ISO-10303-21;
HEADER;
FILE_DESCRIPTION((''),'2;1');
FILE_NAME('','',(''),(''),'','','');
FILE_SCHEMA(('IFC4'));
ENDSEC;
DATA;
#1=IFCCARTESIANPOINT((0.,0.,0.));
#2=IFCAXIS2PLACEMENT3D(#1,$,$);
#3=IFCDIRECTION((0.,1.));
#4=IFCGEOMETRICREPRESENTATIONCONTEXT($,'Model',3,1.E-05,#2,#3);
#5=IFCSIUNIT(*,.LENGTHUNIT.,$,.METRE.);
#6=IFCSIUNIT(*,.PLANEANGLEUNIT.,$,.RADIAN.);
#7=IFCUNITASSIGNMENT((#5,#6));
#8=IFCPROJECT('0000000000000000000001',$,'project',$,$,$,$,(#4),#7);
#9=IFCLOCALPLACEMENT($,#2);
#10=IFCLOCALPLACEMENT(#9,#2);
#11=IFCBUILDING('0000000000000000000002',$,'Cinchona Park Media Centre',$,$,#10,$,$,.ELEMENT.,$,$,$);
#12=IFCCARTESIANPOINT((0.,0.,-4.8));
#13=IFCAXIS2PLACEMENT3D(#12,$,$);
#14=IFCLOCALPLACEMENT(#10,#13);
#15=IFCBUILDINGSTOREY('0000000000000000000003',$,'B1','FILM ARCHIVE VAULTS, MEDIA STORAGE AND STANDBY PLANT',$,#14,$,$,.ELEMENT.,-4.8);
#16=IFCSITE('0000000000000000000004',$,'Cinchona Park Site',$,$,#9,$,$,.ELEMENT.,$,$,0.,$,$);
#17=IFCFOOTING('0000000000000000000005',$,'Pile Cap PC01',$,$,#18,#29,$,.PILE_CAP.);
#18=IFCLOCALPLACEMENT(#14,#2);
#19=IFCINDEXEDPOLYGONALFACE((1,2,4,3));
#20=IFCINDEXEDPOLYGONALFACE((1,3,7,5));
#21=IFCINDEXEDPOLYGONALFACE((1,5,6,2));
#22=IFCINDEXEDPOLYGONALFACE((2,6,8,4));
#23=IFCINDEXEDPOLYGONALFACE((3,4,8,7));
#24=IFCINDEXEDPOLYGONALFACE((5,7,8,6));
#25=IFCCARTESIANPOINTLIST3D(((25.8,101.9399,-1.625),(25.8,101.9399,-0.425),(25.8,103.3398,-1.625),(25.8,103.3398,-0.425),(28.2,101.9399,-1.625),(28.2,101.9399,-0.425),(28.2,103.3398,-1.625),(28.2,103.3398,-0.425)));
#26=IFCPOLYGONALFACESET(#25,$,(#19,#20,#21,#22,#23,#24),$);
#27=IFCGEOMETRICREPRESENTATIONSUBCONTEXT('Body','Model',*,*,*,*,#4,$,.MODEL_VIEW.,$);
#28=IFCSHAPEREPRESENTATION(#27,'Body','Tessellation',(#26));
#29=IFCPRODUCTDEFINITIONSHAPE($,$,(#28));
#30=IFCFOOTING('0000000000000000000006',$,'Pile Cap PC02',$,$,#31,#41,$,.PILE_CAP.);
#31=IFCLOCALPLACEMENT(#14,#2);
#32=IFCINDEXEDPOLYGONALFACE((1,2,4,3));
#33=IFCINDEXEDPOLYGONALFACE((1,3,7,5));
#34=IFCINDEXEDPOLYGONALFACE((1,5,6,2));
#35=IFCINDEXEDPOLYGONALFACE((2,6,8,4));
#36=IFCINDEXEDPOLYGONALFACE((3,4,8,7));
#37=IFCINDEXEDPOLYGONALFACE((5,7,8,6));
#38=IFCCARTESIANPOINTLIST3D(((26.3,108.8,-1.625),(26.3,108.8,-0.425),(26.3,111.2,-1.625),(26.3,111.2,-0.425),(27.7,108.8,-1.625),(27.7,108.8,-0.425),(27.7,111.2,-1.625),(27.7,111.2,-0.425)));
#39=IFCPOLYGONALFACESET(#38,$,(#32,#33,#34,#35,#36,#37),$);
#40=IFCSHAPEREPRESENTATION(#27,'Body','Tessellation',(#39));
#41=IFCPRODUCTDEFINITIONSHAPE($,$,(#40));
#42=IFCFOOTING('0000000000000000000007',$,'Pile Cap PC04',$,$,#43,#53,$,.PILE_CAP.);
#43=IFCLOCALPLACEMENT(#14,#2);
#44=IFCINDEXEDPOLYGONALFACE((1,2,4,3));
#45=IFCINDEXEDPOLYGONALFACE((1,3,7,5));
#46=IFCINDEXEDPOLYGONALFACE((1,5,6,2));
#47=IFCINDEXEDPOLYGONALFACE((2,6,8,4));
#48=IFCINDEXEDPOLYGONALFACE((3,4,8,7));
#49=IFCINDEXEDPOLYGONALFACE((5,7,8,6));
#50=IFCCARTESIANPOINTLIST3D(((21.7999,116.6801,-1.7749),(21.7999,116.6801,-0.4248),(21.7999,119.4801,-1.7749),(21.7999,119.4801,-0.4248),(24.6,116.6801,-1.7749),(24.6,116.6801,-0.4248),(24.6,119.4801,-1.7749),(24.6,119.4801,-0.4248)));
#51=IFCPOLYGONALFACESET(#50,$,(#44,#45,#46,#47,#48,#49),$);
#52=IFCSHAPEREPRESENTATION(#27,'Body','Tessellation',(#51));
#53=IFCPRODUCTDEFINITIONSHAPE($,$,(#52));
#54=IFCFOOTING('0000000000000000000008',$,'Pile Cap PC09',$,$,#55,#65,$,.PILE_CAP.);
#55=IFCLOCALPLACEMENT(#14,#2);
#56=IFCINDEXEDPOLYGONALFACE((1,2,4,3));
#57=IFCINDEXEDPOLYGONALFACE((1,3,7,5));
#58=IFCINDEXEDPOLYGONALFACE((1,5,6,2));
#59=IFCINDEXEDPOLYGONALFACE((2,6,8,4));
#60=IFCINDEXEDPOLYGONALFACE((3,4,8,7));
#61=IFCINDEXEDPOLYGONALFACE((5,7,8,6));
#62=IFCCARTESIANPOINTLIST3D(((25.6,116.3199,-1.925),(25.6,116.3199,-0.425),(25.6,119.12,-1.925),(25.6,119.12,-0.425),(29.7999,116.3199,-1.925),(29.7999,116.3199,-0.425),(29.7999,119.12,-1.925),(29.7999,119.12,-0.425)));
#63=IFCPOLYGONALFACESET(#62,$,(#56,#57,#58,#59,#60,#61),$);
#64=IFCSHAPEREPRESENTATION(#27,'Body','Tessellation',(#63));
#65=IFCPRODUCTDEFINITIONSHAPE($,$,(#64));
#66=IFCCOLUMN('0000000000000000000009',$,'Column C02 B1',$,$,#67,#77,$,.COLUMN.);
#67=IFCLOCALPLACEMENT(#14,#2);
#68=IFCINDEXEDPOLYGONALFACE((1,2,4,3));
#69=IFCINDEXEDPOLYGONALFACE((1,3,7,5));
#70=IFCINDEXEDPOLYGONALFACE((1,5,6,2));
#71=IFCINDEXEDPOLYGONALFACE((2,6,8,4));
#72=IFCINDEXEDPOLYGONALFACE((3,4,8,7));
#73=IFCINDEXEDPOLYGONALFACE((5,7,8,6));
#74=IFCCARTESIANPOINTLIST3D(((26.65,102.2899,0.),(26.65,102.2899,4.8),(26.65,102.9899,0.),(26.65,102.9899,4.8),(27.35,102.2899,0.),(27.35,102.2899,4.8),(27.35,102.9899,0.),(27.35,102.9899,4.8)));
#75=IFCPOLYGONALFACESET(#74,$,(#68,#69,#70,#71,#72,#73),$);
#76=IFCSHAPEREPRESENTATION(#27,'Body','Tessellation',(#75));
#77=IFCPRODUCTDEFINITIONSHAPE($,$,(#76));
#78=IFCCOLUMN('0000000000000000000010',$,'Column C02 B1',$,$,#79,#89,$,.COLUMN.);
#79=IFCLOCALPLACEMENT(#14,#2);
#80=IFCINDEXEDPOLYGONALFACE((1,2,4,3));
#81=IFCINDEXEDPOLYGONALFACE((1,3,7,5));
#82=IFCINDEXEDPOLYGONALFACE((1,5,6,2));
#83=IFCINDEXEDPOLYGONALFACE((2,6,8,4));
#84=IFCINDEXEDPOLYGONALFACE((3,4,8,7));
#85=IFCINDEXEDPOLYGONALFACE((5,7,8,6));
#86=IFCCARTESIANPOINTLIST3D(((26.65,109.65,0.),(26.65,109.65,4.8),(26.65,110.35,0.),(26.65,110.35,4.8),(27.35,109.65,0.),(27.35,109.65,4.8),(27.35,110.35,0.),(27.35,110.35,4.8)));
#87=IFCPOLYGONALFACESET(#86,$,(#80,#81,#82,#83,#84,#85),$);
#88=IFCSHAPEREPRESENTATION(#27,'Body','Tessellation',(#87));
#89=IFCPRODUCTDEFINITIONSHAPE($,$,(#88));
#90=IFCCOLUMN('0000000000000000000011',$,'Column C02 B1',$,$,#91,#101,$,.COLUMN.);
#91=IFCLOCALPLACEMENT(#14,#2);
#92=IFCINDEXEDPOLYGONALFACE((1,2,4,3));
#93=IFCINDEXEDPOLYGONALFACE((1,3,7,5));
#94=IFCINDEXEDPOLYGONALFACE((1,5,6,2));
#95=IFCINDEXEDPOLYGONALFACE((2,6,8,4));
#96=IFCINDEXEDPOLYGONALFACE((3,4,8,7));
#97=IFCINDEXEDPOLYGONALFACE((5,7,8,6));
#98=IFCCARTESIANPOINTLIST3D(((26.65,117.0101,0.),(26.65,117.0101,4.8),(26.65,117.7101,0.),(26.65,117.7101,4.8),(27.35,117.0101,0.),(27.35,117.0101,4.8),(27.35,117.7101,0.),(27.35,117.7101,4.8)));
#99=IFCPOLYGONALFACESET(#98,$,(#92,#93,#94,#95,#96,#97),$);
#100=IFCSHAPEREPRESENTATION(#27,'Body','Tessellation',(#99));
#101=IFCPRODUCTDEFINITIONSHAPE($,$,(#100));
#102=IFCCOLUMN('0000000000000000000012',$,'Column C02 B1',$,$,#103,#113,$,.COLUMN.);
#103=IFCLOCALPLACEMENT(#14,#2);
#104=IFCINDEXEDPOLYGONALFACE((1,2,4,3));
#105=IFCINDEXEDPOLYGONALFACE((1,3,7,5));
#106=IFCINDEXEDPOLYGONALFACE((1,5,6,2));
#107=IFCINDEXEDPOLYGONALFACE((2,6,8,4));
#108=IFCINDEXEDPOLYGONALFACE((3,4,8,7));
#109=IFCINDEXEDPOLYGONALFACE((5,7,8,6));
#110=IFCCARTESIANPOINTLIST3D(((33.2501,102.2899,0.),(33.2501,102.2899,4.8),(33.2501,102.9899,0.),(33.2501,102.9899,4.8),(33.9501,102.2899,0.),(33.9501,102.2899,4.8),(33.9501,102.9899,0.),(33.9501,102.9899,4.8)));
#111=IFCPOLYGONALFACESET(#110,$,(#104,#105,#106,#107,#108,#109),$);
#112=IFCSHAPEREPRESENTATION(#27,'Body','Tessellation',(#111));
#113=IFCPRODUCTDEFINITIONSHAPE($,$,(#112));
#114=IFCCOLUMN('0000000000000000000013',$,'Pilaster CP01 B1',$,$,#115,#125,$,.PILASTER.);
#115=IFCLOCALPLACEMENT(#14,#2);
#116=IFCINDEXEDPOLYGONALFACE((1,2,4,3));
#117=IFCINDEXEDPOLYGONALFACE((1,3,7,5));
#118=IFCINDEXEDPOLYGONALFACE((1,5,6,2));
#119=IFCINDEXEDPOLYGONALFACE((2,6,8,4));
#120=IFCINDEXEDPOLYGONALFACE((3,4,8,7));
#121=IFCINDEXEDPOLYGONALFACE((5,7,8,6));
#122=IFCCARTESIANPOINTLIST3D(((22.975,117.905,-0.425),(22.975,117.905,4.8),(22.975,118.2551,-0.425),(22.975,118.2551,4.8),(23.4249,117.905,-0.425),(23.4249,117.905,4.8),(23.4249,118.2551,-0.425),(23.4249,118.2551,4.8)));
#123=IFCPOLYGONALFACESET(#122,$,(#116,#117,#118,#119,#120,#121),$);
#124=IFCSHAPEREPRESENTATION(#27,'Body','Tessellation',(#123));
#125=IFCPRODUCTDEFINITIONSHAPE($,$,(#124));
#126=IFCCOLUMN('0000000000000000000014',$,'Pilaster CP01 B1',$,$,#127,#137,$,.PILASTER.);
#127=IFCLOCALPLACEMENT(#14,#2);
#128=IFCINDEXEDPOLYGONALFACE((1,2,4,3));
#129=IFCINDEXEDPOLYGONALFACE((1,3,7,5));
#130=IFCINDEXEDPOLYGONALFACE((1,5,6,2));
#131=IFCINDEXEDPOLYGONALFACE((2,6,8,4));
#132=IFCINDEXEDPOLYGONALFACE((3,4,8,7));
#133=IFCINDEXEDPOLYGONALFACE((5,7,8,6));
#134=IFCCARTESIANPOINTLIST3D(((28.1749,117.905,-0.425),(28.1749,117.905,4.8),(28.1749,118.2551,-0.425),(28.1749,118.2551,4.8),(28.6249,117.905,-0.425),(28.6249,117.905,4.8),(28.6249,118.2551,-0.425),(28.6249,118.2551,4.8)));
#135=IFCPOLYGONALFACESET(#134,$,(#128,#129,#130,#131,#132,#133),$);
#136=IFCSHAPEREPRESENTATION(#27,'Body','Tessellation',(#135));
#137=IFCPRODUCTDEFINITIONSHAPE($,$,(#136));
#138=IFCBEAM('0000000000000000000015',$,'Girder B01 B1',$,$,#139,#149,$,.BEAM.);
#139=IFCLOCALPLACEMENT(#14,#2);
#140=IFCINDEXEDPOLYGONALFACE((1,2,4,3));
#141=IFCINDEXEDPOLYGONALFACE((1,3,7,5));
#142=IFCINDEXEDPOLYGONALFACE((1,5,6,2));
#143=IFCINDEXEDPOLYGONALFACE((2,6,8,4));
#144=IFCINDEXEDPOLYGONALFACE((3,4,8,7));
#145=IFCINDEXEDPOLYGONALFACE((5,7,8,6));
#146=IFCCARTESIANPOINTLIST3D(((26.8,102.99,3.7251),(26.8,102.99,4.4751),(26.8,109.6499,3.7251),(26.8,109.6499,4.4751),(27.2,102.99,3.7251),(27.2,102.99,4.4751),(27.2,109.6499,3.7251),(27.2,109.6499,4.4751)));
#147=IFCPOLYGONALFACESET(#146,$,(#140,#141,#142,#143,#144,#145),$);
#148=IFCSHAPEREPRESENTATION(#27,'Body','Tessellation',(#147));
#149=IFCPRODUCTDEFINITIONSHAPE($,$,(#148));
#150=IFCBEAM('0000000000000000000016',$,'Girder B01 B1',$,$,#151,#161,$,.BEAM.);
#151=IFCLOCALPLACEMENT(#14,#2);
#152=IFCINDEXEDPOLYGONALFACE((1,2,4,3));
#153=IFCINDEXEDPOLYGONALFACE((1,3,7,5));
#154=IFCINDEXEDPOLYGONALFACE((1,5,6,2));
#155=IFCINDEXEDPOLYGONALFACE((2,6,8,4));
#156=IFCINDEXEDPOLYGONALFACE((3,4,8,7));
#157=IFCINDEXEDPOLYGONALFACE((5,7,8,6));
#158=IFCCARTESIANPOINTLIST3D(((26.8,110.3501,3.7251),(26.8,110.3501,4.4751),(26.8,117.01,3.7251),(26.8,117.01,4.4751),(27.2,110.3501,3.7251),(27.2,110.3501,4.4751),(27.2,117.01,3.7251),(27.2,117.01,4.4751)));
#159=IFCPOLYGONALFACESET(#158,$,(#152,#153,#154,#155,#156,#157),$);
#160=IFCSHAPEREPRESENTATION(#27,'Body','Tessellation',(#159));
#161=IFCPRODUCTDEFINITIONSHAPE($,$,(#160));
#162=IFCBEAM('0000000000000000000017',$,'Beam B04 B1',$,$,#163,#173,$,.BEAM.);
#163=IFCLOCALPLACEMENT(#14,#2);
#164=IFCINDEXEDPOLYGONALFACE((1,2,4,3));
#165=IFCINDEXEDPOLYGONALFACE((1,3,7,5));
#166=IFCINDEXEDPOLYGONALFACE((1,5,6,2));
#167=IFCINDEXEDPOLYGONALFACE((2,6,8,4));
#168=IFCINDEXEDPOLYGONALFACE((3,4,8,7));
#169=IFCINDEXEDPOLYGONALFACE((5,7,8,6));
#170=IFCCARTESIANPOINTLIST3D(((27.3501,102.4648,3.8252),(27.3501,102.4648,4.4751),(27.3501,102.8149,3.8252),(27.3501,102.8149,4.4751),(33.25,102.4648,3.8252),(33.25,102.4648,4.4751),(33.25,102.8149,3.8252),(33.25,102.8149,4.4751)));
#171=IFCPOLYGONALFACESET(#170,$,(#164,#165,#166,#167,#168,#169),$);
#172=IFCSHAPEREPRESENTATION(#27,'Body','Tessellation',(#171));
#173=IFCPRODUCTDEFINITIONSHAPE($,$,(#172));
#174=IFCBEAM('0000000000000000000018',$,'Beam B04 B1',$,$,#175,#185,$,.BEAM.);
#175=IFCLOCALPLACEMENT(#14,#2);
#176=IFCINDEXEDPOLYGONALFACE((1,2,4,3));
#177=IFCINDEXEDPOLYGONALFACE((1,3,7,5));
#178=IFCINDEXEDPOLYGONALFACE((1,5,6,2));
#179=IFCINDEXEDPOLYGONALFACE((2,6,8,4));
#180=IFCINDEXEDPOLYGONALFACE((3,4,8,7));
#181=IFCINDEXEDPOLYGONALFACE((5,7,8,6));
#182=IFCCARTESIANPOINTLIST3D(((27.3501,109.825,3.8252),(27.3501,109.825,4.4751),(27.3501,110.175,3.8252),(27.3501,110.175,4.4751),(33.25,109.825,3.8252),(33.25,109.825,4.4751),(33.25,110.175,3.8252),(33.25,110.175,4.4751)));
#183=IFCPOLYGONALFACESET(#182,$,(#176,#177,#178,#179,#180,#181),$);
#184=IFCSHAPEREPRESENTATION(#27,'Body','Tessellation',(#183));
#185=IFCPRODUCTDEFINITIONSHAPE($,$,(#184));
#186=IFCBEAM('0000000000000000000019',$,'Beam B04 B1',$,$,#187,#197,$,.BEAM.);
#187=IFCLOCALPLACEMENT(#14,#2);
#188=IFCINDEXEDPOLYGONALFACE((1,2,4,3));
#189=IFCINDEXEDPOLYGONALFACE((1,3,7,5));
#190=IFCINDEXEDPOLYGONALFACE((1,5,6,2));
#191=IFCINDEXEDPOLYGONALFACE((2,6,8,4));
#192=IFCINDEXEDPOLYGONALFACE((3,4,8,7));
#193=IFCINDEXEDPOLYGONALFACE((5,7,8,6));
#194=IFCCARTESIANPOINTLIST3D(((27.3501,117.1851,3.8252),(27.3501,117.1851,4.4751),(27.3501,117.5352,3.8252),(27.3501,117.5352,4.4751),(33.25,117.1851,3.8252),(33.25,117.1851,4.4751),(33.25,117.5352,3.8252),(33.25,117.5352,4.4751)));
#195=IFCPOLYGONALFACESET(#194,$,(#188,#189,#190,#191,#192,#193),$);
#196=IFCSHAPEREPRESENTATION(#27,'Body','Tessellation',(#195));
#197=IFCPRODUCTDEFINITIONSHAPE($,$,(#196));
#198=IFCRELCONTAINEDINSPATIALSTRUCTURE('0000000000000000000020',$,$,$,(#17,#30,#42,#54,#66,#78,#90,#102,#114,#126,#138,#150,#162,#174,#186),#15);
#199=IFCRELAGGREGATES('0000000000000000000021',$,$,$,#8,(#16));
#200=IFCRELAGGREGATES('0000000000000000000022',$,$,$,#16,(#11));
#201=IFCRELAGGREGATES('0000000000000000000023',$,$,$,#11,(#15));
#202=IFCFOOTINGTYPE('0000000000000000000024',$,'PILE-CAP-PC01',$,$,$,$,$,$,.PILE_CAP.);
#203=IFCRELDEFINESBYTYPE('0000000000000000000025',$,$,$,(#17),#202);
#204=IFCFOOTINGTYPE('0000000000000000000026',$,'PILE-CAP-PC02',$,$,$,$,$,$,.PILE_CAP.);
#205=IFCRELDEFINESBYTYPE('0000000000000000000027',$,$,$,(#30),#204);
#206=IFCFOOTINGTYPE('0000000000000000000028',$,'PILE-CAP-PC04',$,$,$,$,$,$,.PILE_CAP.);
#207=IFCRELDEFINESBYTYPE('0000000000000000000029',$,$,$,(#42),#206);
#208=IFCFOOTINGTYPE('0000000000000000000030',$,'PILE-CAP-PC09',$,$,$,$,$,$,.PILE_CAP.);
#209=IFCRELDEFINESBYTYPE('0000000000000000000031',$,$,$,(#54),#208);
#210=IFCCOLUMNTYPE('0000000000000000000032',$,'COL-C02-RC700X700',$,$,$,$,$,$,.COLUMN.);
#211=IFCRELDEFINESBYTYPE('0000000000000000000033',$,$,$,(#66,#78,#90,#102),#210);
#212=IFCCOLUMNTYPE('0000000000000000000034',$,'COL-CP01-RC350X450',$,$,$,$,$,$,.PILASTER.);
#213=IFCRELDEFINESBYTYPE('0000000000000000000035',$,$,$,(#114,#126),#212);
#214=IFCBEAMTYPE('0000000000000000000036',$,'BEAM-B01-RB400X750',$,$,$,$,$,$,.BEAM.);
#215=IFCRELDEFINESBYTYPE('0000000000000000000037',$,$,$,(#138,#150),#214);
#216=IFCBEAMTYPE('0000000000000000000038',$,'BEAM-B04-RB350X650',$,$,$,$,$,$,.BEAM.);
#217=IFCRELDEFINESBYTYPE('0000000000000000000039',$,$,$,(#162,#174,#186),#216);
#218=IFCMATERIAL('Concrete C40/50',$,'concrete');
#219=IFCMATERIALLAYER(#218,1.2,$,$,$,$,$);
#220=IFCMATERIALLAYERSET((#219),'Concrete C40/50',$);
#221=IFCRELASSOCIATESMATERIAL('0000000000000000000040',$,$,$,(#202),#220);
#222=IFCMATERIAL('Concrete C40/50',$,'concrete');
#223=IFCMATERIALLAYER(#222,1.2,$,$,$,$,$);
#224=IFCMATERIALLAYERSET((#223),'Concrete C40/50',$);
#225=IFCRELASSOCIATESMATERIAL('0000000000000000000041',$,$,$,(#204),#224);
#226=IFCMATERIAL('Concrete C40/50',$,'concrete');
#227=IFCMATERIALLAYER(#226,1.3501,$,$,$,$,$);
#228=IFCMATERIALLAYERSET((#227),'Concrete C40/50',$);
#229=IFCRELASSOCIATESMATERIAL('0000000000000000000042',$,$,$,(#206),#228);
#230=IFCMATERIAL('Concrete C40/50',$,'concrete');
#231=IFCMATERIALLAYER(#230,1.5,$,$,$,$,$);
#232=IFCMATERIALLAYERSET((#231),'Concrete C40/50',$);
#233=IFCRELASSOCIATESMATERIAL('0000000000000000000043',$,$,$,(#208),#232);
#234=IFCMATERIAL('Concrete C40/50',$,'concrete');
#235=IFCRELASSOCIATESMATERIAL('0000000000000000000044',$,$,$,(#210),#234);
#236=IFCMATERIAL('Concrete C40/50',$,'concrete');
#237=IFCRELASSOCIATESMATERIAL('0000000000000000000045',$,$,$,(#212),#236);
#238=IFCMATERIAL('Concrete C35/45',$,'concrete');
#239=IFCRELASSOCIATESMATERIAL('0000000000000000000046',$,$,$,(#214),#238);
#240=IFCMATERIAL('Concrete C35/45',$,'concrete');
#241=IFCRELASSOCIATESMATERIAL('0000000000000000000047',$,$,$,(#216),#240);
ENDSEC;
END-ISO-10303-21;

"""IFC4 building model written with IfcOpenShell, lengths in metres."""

from ifc_helpers import new_model, si_unit, direction, frame, origin, origin_2d, place, context, subcontext, project, spatial, rectangle, extrude, material, layer, layer_set, material_profile, profile_set, type_object, element, save


model = new_model("IFC4")

# Units and contexts
model_context = context("Model", 3, precision=1e-05, world=origin(), true_north=direction((0.0, 1.0)))
body_context = subcontext(model_context, "Body", "Model", "MODEL_VIEW")
ifc_project = project(units=[si_unit("LENGTHUNIT", "METRE"), si_unit("PLANEANGLEUNIT", "RADIAN")], contexts=[model_context])

# Site, building, storey
site_placement = place(None, origin())
site = spatial("IfcSite", under=ifc_project, at=site_placement, Name="Cinchona Park Site", CompositionType="ELEMENT", RefElevation=0.0)
building_placement = place(site_placement, origin())
building = spatial("IfcBuilding", under=site, at=building_placement, Name="Cinchona Park Media Centre", CompositionType="ELEMENT")
storey_placement = place(building_placement, frame((0.0, 0.0, -4.8)))
storey = spatial("IfcBuildingStorey", under=building, at=storey_placement, Name="B1", Description="FILM ARCHIVE VAULTS, MEDIA STORAGE AND STANDBY PLANT", CompositionType="ELEMENT", Elevation=-4.8)

# Footings
ifc_material_1 = material(Name="Concrete C40/50", Category="concrete")
ifc_layer_1 = layer(ifc_material_1, 1.2)
ifc_layer_set_1 = layer_set([ifc_layer_1], Name="Concrete C40/50")
footing_type_1 = type_object("IfcFootingType", Name="PILE-CAP-PC01", PredefinedType="PILE_CAP", material=ifc_layer_set_1)
footing_1_placement = place(storey_placement, frame((27.0, 102.6399, -1.625), z_axis=(0.0, 0.0, 1.0), x_axis=(1.0, 0.0, 0.0)))
element("IfcFooting", 1, at=footing_1_placement, inside=storey, type_object=footing_type_1, Name="Pile Cap PC01", PredefinedType="PILE_CAP", context=body_context, shape_type="SweptSolid", body=[
    extrude(rectangle(XDim=2.3999, YDim=1.3999, at=origin_2d()), origin(), (0.0, 0.0, 1.0), 1.2),
])
ifc_material_2 = material(Name="Concrete C40/50", Category="concrete")
ifc_layer_2 = layer(ifc_material_2, 1.2)
ifc_layer_set_2 = layer_set([ifc_layer_2], Name="Concrete C40/50")
footing_type_2 = type_object("IfcFootingType", Name="PILE-CAP-PC02", PredefinedType="PILE_CAP", material=ifc_layer_set_2)
footing_2_placement = place(storey_placement, frame((27.0, 110.0, -1.625), z_axis=(0.0, 0.0, 1.0), x_axis=(1.0, 0.0, 0.0)))
element("IfcFooting", 2, at=footing_2_placement, inside=storey, type_object=footing_type_2, Name="Pile Cap PC02", PredefinedType="PILE_CAP", context=body_context, shape_type="SweptSolid", body=[
    extrude(rectangle(XDim=1.3999, YDim=2.3999, at=origin_2d()), origin(), (0.0, 0.0, 1.0), 1.2),
])
ifc_material_3 = material(Name="Concrete C40/50", Category="concrete")
ifc_layer_3 = layer(ifc_material_3, 1.3501)
ifc_layer_set_3 = layer_set([ifc_layer_3], Name="Concrete C40/50")
footing_type_3 = type_object("IfcFootingType", Name="PILE-CAP-PC04", PredefinedType="PILE_CAP", material=ifc_layer_set_3)
footing_3_placement = place(storey_placement, frame((23.2, 118.0801, -1.7749), z_axis=(0.0, 0.0, 1.0), x_axis=(1.0, 0.0, 0.0)))
element("IfcFooting", 3, at=footing_3_placement, inside=storey, type_object=footing_type_3, Name="Pile Cap PC04", PredefinedType="PILE_CAP", context=body_context, shape_type="SweptSolid", body=[
    extrude(rectangle(XDim=2.8, YDim=2.8, at=origin_2d()), origin(), (0.0, 0.0, 1.0), 1.3501),
])
ifc_material_4 = material(Name="Concrete C40/50", Category="concrete")
ifc_layer_4 = layer(ifc_material_4, 1.5)
ifc_layer_set_4 = layer_set([ifc_layer_4], Name="Concrete C40/50")
footing_type_4 = type_object("IfcFootingType", Name="PILE-CAP-PC09", PredefinedType="PILE_CAP", material=ifc_layer_set_4)
footing_4_placement = place(storey_placement, frame((27.7, 117.72, -1.925), z_axis=(0.0, 0.0, 1.0), x_axis=(1.0, 0.0, 0.0)))
element("IfcFooting", 4, at=footing_4_placement, inside=storey, type_object=footing_type_4, Name="Pile Cap PC09", PredefinedType="PILE_CAP", context=body_context, shape_type="SweptSolid", body=[
    extrude(rectangle(XDim=4.2, YDim=2.8, at=origin_2d()), origin(), (0.0, 0.0, 1.0), 1.5),
])

# Columns
ifc_material_5 = material(Name="Concrete C40/50", Category="concrete")
ifc_material_profile_1 = material_profile(ifc_material_5, rectangle(XDim=0.7, YDim=0.7, at=origin_2d()), Name="RC 700X700")
ifc_profile_set_1 = profile_set([ifc_material_profile_1], Name="Concrete C40/50")
column_type_1 = type_object("IfcColumnType", Name="COL-C02-RC700X700", PredefinedType="COLUMN", material=ifc_profile_set_1)
for number, where, z_axis, x_axis, name in (
    (5, (27.0, 102.6399, 0.0), (0.0, 0.0, 1.0), (1.0, 0.0, 0.0), "Column C02 B1"),
    (6, (27.0, 110.0, 0.0), (0.0, 0.0, 1.0), (1.0, 0.0, 0.0), "Column C02 B1"),
    (7, (27.0, 117.3601, 0.0), (0.0, 0.0, 1.0), (1.0, 0.0, 0.0), "Column C02 B1"),
    (8, (33.6001, 102.6399, 0.0), (0.0, 0.0, 1.0), (1.0, 0.0, 0.0), "Column C02 B1"),
):
    element("IfcColumn", number, at=place(storey_placement, frame(where, z_axis=z_axis, x_axis=x_axis)), inside=storey, type_object=column_type_1, Name=name, PredefinedType="COLUMN", context=body_context, shape_type="SweptSolid", body=[
        extrude(rectangle(XDim=0.7, YDim=0.7, at=origin_2d()), origin(), (0.0, 0.0, 1.0), 4.8),
    ])
ifc_material_6 = material(Name="Concrete C40/50", Category="concrete")
ifc_material_profile_2 = material_profile(ifc_material_6, rectangle(XDim=0.3501, YDim=0.45, at=origin_2d()), Name="RC 350X450")
ifc_profile_set_2 = profile_set([ifc_material_profile_2], Name="Concrete C40/50")
column_type_2 = type_object("IfcColumnType", Name="COL-CP01-RC350X450", PredefinedType="PILASTER", material=ifc_profile_set_2)
for number, where, z_axis, x_axis, name in (
    (9, (23.2, 118.0801, -0.425), (0.0, 0.0, 1.0), (0.0, 1.0, 0.0), "Pilaster CP01 B1"),
    (10, (28.3999, 118.0801, -0.425), (0.0, 0.0, 1.0), (0.0, 1.0, 0.0), "Pilaster CP01 B1"),
):
    element("IfcColumn", number, at=place(storey_placement, frame(where, z_axis=z_axis, x_axis=x_axis)), inside=storey, type_object=column_type_2, Name=name, PredefinedType="PILASTER", context=body_context, shape_type="SweptSolid", body=[
        extrude(rectangle(XDim=0.3501, YDim=0.45, at=origin_2d()), origin(), (0.0, 0.0, 1.0), 5.2251),
    ])

# Beams
ifc_material_7 = material(Name="Concrete C35/45", Category="concrete")
ifc_material_profile_3 = material_profile(ifc_material_7, rectangle(XDim=0.3999, YDim=0.75, at=origin_2d()), Name="RB 400X750")
ifc_profile_set_3 = profile_set([ifc_material_profile_3], Name="Concrete C35/45")
beam_type_1 = type_object("IfcBeamType", Name="BEAM-B01-RB400X750", PredefinedType="BEAM", material=ifc_profile_set_3)
for number, where, z_axis, x_axis, name in (
    (11, (27.0, 102.99, 4.1001), (0.0, 1.0, 0.0), (-1.0, 0.0, 0.0), "Girder B01 B1"),
    (12, (27.0, 110.3501, 4.1001), (0.0, 1.0, 0.0), (-1.0, 0.0, 0.0), "Girder B01 B1"),
):
    element("IfcBeam", number, at=place(storey_placement, frame(where, z_axis=z_axis, x_axis=x_axis)), inside=storey, type_object=beam_type_1, Name=name, PredefinedType="BEAM", context=body_context, shape_type="SweptSolid", body=[
        extrude(rectangle(XDim=0.3999, YDim=0.75, at=origin_2d()), origin(), (0.0, 0.0, 1.0), 6.6599),
    ])
ifc_material_8 = material(Name="Concrete C35/45", Category="concrete")
ifc_material_profile_4 = material_profile(ifc_material_8, rectangle(XDim=0.3501, YDim=0.6499, at=origin_2d()), Name="RB 350X650")
ifc_profile_set_4 = profile_set([ifc_material_profile_4], Name="Concrete C35/45")
beam_type_2 = type_object("IfcBeamType", Name="BEAM-B04-RB350X650", PredefinedType="BEAM", material=ifc_profile_set_4)
for number, where, z_axis, x_axis, name in (
    (13, (27.3501, 102.6399, 4.1501), (1.0, 0.0, 0.0), (0.0, 1.0, 0.0), "Beam B04 B1"),
    (14, (27.3501, 110.0, 4.1501), (1.0, 0.0, 0.0), (0.0, 1.0, 0.0), "Beam B04 B1"),
    (15, (27.3501, 117.3601, 4.1501), (1.0, 0.0, 0.0), (0.0, 1.0, 0.0), "Beam B04 B1"),
):
    element("IfcBeam", number, at=place(storey_placement, frame(where, z_axis=z_axis, x_axis=x_axis)), inside=storey, type_object=beam_type_2, Name=name, PredefinedType="BEAM", context=body_context, shape_type="SweptSolid", body=[
        extrude(rectangle(XDim=0.3501, YDim=0.6499, at=origin_2d()), origin(), (0.0, 0.0, 1.0), 5.8999),
    ])

save(model, "model.ifc")
